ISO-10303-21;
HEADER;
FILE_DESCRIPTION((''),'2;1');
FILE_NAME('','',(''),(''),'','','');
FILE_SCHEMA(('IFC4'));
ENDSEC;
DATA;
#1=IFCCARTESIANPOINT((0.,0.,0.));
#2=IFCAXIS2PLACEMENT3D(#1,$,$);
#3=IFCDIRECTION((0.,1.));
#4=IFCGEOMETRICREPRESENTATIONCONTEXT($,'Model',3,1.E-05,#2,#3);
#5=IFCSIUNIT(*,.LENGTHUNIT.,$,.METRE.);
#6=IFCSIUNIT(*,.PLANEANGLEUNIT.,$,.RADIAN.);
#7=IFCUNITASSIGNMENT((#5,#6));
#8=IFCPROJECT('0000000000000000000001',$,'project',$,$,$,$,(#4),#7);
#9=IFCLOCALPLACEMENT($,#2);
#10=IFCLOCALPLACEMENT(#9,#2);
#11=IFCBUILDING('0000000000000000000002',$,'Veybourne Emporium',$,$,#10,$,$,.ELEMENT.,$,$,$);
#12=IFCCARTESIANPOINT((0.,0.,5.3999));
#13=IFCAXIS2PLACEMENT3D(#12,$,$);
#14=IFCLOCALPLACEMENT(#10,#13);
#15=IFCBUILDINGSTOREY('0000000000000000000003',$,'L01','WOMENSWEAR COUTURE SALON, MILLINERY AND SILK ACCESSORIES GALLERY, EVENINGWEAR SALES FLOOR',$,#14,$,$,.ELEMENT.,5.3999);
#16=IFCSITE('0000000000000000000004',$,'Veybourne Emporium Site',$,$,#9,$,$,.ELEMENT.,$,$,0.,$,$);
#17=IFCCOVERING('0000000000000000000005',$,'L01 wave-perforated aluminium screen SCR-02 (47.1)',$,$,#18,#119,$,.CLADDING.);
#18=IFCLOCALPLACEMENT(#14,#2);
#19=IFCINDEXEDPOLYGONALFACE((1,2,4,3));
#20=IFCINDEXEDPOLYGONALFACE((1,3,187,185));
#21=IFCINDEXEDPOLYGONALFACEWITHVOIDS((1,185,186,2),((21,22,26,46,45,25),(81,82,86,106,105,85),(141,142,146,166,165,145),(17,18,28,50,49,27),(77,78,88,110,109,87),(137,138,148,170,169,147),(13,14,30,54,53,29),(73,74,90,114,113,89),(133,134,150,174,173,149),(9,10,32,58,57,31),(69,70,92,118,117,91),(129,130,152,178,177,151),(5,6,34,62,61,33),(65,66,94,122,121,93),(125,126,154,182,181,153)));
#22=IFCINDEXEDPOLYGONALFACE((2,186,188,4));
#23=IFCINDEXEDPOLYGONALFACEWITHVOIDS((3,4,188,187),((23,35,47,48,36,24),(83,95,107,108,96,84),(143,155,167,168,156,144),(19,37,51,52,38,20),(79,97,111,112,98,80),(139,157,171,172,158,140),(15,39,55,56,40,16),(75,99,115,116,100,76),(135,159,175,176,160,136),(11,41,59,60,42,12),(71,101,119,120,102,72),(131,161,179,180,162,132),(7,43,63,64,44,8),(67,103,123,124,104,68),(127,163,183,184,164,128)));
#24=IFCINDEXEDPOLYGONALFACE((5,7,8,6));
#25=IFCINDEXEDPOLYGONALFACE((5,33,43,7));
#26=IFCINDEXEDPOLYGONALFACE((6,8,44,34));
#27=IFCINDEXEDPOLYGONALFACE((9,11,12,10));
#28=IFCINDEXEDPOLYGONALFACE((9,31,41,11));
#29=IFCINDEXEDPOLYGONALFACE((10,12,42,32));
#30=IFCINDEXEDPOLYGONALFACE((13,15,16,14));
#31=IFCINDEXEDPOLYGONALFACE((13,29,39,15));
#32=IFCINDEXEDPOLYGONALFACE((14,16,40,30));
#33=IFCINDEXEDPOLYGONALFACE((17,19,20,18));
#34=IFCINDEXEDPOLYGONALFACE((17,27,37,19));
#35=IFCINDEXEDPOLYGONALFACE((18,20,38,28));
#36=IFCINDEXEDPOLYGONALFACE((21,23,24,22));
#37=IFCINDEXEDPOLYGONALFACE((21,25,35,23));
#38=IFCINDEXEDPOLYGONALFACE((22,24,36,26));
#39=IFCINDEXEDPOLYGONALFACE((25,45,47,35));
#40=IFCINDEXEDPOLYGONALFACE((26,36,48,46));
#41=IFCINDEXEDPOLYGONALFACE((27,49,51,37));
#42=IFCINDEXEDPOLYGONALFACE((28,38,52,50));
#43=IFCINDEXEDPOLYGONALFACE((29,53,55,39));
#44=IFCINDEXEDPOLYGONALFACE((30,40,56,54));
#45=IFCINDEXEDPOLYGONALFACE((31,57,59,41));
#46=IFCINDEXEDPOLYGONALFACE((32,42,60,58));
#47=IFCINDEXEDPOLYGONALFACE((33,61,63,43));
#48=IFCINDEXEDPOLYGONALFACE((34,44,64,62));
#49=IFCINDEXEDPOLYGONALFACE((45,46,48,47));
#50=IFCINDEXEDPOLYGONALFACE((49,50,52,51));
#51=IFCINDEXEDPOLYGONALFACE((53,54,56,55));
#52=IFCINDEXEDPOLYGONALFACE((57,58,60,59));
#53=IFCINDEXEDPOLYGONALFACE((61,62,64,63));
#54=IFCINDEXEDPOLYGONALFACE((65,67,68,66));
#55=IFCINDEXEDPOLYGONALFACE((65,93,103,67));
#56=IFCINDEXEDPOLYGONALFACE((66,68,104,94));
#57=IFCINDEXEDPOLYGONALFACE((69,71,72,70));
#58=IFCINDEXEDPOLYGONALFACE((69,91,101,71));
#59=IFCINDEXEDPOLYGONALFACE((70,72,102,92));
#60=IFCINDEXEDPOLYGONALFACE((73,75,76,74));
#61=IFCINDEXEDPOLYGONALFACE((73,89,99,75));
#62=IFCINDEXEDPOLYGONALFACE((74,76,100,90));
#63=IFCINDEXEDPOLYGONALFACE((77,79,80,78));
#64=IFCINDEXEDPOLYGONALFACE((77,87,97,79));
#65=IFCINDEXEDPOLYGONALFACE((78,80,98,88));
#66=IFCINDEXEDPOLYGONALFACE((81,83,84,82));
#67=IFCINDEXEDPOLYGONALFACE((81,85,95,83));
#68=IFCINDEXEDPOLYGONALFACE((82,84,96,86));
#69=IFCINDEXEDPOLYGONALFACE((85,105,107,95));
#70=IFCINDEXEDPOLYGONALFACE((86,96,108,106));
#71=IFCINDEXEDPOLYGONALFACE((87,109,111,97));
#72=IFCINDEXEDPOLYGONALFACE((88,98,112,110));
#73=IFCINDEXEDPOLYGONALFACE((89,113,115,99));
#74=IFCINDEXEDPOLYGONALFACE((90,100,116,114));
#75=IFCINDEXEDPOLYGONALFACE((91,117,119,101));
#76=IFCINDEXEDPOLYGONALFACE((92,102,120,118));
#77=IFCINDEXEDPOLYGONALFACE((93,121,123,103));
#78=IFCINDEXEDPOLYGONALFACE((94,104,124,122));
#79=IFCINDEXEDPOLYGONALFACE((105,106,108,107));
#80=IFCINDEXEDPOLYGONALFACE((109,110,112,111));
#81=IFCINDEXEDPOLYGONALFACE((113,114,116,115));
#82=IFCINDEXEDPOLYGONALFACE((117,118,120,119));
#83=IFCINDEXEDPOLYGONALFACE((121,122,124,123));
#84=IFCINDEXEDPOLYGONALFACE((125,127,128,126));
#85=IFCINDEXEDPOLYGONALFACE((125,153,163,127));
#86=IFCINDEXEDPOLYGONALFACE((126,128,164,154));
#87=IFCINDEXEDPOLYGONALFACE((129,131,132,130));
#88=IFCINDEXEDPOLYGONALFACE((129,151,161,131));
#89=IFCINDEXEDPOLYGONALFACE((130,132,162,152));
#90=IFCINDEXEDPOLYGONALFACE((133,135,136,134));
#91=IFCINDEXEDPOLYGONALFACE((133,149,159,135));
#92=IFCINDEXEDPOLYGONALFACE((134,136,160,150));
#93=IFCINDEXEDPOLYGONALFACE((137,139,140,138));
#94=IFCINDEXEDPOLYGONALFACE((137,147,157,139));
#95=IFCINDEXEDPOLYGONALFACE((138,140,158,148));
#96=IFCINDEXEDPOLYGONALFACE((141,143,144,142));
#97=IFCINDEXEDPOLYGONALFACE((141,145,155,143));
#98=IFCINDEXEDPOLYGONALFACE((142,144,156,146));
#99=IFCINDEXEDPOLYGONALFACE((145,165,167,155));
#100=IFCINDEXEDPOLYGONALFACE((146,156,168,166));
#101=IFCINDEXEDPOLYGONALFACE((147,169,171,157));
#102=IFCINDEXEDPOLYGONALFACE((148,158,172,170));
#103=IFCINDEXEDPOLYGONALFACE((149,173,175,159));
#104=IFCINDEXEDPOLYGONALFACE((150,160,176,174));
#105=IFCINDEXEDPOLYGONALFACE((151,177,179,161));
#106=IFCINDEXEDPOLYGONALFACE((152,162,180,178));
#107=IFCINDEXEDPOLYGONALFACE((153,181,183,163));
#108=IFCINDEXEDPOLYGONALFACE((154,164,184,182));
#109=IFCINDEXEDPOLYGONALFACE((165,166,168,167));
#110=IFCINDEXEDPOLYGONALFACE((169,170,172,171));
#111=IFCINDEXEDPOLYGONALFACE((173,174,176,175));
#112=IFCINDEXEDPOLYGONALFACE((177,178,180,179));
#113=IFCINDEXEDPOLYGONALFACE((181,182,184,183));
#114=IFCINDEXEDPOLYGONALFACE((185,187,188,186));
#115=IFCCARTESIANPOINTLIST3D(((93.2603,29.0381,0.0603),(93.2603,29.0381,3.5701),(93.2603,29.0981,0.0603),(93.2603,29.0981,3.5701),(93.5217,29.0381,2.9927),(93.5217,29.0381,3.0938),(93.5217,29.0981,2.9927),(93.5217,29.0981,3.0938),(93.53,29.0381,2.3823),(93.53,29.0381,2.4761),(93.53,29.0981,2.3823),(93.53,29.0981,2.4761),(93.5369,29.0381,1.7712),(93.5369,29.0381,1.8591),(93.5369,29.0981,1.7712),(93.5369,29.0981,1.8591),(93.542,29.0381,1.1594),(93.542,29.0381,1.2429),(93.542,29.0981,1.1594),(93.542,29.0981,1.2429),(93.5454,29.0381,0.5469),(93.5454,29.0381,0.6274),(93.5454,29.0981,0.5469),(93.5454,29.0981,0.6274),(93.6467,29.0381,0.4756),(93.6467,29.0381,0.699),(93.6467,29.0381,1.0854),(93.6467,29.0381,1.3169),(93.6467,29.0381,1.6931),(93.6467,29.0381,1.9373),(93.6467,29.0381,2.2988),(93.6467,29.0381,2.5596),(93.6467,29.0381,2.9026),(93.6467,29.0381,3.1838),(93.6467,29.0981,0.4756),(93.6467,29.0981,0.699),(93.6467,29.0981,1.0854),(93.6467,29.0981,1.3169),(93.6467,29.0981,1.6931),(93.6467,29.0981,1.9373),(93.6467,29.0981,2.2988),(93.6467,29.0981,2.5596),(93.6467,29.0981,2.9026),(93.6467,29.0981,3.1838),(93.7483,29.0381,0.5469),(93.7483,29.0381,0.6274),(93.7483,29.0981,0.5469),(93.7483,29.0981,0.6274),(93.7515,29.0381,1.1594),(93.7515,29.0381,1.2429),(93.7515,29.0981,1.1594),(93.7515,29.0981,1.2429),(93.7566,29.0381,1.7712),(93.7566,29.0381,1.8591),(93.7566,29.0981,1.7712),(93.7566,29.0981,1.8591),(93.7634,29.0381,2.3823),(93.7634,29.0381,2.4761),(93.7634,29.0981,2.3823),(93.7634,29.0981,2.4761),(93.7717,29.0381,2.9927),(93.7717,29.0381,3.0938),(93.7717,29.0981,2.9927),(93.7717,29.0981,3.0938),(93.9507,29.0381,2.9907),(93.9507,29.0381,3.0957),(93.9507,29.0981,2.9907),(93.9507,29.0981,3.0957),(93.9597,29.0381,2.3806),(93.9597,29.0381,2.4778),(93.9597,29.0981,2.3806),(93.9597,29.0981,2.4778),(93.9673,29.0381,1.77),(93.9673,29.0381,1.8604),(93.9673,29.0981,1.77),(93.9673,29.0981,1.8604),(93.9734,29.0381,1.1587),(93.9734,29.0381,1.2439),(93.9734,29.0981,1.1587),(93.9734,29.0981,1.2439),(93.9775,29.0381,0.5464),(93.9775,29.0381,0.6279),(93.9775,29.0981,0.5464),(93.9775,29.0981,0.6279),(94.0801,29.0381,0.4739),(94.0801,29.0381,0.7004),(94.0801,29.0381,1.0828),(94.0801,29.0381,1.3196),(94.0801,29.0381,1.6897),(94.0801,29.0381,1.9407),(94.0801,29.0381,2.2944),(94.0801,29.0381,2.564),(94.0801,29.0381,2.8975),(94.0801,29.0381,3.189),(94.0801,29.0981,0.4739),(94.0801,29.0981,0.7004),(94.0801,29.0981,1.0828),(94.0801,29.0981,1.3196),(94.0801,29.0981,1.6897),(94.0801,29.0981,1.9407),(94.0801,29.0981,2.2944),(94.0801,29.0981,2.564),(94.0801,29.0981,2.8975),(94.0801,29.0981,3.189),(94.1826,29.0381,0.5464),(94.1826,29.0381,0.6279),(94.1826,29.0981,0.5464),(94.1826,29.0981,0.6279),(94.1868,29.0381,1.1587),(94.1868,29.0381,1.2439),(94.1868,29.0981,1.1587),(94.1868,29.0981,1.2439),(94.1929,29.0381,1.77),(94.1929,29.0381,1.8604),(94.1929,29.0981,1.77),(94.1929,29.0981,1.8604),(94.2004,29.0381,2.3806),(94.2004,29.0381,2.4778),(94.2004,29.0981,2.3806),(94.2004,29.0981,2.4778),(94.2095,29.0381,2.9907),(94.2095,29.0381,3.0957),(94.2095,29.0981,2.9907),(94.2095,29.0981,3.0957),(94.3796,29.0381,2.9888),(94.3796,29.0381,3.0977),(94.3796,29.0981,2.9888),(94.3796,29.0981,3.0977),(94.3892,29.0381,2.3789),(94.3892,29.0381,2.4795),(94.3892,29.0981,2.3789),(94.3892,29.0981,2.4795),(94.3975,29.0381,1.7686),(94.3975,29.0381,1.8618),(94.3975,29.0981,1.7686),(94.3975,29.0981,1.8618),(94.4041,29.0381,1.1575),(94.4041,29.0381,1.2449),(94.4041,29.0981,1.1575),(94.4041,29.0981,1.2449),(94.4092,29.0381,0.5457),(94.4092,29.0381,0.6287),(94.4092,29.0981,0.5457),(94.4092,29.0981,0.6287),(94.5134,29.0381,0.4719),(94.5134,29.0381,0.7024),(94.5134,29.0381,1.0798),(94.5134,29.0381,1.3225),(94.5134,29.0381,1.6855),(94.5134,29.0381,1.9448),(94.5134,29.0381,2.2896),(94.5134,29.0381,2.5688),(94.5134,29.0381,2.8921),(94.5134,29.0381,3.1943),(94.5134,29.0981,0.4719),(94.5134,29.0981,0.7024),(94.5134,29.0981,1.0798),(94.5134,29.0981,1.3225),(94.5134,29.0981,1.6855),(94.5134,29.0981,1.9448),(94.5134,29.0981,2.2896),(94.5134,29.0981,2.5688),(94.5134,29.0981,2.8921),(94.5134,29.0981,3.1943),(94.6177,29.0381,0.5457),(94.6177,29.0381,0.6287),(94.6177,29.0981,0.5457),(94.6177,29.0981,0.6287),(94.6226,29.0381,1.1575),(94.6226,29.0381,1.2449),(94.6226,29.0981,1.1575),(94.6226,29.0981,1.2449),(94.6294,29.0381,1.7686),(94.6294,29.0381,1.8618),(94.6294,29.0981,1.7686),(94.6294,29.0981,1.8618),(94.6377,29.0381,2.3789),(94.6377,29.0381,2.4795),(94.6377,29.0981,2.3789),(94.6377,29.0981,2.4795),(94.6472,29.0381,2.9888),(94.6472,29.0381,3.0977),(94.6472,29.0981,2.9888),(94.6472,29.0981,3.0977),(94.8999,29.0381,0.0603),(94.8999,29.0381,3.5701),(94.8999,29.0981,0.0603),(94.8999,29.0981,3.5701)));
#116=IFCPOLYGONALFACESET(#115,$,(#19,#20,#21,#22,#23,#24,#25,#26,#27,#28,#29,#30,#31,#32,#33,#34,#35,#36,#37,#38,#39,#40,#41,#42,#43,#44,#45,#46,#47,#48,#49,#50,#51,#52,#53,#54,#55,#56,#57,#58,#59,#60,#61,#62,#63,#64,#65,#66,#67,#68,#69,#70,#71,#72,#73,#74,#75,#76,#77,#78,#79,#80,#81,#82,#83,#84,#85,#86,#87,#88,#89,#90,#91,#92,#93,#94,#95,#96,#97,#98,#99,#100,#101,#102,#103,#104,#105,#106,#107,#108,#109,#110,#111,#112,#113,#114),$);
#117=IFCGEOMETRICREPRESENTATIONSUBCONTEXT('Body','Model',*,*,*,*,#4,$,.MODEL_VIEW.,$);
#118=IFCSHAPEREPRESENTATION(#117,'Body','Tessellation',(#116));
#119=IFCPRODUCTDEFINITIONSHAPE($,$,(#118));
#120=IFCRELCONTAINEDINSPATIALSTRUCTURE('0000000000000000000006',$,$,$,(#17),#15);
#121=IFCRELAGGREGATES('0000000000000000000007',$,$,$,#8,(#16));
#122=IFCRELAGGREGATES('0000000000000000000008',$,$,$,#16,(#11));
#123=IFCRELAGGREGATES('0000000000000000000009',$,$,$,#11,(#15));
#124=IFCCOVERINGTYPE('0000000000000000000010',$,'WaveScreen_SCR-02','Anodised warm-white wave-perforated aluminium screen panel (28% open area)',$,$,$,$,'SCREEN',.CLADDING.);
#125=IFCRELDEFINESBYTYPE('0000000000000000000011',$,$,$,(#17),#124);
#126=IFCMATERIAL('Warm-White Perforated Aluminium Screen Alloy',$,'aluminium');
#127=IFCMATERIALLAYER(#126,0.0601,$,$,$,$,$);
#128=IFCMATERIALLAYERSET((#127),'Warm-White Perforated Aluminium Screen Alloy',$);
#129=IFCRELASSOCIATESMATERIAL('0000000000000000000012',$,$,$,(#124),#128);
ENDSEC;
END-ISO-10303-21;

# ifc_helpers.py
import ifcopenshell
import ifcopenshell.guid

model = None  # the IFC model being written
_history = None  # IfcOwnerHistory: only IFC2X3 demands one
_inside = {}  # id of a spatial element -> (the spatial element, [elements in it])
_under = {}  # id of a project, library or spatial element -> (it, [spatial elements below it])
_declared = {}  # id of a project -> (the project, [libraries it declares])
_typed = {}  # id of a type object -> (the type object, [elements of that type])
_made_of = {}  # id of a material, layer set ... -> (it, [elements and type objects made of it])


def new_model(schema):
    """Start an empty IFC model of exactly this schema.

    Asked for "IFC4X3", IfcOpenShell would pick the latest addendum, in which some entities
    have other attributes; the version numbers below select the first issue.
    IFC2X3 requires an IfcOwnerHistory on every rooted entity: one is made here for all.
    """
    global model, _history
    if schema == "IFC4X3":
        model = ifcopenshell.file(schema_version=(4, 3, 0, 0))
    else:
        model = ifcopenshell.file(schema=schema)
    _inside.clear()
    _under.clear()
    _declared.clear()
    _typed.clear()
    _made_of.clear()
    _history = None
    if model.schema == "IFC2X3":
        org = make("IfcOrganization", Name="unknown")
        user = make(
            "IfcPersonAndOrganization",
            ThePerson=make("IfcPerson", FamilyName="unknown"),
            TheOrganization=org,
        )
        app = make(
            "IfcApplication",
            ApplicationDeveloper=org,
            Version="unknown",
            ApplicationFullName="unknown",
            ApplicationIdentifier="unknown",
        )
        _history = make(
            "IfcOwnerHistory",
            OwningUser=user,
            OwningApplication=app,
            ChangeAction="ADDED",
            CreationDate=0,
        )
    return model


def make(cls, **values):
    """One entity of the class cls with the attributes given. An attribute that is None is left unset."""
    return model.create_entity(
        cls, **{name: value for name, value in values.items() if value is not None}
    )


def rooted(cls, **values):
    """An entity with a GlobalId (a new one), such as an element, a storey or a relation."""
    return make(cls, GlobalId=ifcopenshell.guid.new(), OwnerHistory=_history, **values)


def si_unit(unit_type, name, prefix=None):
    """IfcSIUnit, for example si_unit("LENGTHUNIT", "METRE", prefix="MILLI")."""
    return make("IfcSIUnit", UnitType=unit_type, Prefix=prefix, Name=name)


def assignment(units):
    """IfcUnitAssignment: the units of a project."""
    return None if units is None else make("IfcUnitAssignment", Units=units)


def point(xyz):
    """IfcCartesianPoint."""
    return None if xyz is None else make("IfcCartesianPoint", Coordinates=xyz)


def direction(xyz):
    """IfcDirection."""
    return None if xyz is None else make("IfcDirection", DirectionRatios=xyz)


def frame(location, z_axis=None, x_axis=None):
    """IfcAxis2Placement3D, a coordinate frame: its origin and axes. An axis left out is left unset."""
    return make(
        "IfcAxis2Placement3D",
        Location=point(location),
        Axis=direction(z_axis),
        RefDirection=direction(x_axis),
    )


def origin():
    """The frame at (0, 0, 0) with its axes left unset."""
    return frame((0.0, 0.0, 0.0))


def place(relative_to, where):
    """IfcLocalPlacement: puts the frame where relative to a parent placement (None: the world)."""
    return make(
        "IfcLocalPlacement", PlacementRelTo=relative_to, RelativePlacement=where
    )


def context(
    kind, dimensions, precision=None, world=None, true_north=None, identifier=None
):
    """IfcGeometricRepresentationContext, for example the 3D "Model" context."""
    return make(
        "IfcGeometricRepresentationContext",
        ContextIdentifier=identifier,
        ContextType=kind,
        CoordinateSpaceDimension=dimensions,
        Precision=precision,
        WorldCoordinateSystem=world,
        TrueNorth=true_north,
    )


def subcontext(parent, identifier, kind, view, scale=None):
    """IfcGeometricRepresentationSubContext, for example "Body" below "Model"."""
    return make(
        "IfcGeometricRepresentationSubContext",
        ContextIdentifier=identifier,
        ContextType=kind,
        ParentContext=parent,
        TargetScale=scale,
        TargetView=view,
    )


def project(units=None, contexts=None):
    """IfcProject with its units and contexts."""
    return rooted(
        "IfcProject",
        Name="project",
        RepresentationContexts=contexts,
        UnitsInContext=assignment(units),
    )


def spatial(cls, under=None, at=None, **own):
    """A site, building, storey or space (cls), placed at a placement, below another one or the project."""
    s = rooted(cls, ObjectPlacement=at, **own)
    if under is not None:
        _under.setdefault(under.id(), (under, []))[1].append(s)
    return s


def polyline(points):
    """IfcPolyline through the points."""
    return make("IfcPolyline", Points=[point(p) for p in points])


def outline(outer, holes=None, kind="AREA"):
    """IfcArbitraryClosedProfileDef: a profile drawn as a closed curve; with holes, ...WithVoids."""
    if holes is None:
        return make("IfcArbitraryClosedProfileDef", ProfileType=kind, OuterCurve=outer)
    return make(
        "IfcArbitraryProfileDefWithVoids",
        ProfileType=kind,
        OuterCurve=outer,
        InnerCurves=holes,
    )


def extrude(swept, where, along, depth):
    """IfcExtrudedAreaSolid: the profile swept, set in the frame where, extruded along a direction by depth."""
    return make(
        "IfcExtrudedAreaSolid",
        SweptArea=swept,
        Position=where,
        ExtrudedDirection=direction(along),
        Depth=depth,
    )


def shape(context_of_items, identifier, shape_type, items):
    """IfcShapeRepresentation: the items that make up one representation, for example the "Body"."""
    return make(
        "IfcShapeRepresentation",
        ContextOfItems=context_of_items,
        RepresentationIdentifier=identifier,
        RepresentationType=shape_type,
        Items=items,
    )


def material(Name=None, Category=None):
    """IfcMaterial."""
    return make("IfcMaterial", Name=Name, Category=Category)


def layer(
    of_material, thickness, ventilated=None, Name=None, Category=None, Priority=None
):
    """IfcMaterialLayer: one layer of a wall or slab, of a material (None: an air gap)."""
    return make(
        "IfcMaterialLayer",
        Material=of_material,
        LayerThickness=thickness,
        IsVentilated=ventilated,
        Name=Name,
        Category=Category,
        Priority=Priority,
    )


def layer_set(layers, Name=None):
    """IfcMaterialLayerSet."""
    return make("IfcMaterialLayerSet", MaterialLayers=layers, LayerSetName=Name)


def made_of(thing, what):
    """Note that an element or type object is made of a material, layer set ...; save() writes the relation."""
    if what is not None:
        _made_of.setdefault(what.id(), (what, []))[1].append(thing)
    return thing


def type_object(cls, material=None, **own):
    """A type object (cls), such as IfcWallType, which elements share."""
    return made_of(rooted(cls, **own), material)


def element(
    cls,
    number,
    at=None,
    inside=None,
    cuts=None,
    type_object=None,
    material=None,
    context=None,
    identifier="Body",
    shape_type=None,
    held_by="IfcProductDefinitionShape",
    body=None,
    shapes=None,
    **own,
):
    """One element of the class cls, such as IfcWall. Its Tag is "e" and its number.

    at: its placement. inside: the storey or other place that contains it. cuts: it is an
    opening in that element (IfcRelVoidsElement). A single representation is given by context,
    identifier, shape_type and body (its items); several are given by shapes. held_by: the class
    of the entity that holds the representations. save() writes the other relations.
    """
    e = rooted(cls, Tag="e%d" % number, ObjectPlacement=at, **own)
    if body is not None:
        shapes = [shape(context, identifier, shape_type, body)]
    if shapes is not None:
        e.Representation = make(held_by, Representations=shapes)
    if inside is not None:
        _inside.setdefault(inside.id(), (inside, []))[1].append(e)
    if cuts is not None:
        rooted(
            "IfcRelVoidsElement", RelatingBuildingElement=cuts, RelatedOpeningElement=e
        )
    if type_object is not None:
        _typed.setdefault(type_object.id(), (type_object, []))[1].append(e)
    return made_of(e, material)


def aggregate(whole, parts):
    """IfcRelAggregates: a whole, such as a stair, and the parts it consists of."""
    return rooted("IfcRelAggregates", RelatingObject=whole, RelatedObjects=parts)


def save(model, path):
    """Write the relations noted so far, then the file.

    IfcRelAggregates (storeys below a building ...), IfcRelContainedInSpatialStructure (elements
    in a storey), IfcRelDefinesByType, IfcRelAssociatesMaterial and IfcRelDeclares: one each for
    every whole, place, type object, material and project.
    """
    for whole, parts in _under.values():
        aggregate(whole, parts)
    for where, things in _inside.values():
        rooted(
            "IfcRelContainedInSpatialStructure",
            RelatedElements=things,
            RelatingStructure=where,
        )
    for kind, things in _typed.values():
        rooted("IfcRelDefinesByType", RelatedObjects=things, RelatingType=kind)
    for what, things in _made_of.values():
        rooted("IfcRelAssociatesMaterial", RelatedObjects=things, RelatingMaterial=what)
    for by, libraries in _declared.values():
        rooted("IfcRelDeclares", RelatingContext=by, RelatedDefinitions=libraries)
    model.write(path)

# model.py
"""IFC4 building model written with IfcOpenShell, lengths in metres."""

from ifc_helpers import new_model, si_unit, direction, frame, origin, place, context, subcontext, project, spatial, polyline, outline, extrude, material, layer, layer_set, type_object, element, save


model = new_model("IFC4")

# Units and contexts
model_context = context("Model", 3, precision=1e-05, world=origin(), true_north=direction((0.0, 1.0)))
body_context = subcontext(model_context, "Body", "Model", "MODEL_VIEW")
ifc_project = project(units=[si_unit("LENGTHUNIT", "METRE"), si_unit("PLANEANGLEUNIT", "RADIAN")], contexts=[model_context])

# Site, building, storey
site_placement = place(None, origin())
site = spatial("IfcSite", under=ifc_project, at=site_placement, Name="Veybourne Emporium Site", CompositionType="ELEMENT", RefElevation=0.0)
building_placement = place(site_placement, origin())
building = spatial("IfcBuilding", under=site, at=building_placement, Name="Veybourne Emporium", CompositionType="ELEMENT")
storey_placement = place(building_placement, frame((0.0, 0.0, 5.3999)))
storey = spatial("IfcBuildingStorey", under=building, at=storey_placement, Name="L01", Description="WOMENSWEAR COUTURE SALON, MILLINERY AND SILK ACCESSORIES GALLERY, EVENINGWEAR SALES FLOOR", CompositionType="ELEMENT", Elevation=5.3999)

# Covering
ifc_material_1 = material(Name="Warm-White Perforated Aluminium Screen Alloy", Category="aluminium")
ifc_layer_1 = layer(ifc_material_1, 0.0601)
ifc_layer_set_1 = layer_set([ifc_layer_1], Name="Warm-White Perforated Aluminium Screen Alloy")
covering_type_1 = type_object("IfcCoveringType", Name="WaveScreen_SCR-02", Description="Anodised warm-white wave-perforated aluminium screen panel (28% open area)", ElementType="SCREEN", PredefinedType="CLADDING", material=ifc_layer_set_1)
covering_1_placement = place(storey_placement, frame((94.0801, 29.0981, 1.8152), z_axis=(0.0, -1.0, 0.0), x_axis=(1.0, 0.0, 0.0)))
element("IfcCovering", 1, at=covering_1_placement, inside=storey, type_object=covering_type_1, Name="L01 wave-perforated aluminium screen SCR-02 (47.1)", PredefinedType="CLADDING", context=body_context, shape_type="SweptSolid", body=[
    extrude(outline(polyline([(-0.8198, -1.7549), (0.8198, -1.7549), (0.8198, 1.7549), (-0.8198, 1.7549), (-0.8198, -1.7549)]), holes=[polyline([(-0.4333, -1.1162), (-0.3318, -1.1877), (-0.3318, -1.2683), (-0.4333, -1.3396), (-0.5347, -1.2683), (-0.5347, -1.1877), (-0.4333, -1.1162)]), polyline([(-0.4333, -0.4983), (-0.3286, -0.5723), (-0.3286, -0.6558), (-0.4333, -0.7297), (-0.5381, -0.6558), (-0.5381, -0.5723), (-0.4333, -0.4983)]), polyline([(-0.4333, 0.1221), (-0.3235, 0.0439), (-0.3235, -0.0439), (-0.4333, -0.1221), (-0.5432, -0.0439), (-0.5432, 0.0439), (-0.4333, 0.1221)]), polyline([(-0.4333, 0.7444), (-0.3167, 0.6609), (-0.3167, 0.5671), (-0.4333, 0.4836), (-0.55, 0.5671), (-0.55, 0.6609), (-0.4333, 0.7444)]), polyline([(-0.4333, 1.3687), (-0.3083, 1.2786), (-0.3083, 1.1775), (-0.4333, 1.0874), (-0.5583, 1.1775), (-0.5583, 1.2786), (-0.4333, 1.3687)]), polyline([(0.0, -1.1147), (0.1025, -1.1873), (0.1025, -1.2688), (0.0, -1.3413), (-0.1025, -1.2688), (-0.1025, -1.1873), (0.0, -1.1147)]), polyline([(0.0, -0.4956), (0.1067, -0.5713), (0.1067, -0.6565), (0.0, -0.7324), (-0.1067, -0.6565), (-0.1067, -0.5713), (0.0, -0.4956)]), polyline([(0.0, 0.1255), (0.1128, 0.0452), (0.1128, -0.0452), (0.0, -0.1255), (-0.1128, -0.0452), (-0.1128, 0.0452), (0.0, 0.1255)]), polyline([(0.0, 0.7488), (0.1204, 0.6626), (0.1204, 0.5654), (0.0, 0.4792), (-0.1204, 0.5654), (-0.1204, 0.6626), (0.0, 0.7488)]), polyline([(0.0, 1.3738), (0.1294, 1.2805), (0.1294, 1.1755), (0.0, 1.0823), (-0.1294, 1.1755), (-0.1294, 1.2805), (0.0, 1.3738)]), polyline([(0.4333, -1.1128), (0.5376, -1.1865), (0.5376, -1.2695), (0.4333, -1.3433), (0.3291, -1.2695), (0.3291, -1.1865), (0.4333, -1.1128)]), polyline([(0.4333, -0.4927), (0.5425, -0.5703), (0.5425, -0.6577), (0.4333, -0.7354), (0.324, -0.6577), (0.324, -0.5703), (0.4333, -0.4927)]), polyline([(0.4333, 0.1296), (0.5493, 0.0466), (0.5493, -0.0466), (0.4333, -0.1296), (0.3174, -0.0466), (0.3174, 0.0466), (0.4333, 0.1296)]), polyline([(0.4333, 0.7537), (0.5576, 0.6643), (0.5576, 0.5637), (0.4333, 0.4744), (0.3091, 0.5637), (0.3091, 0.6643), (0.4333, 0.7537)]), polyline([(0.4333, 1.3792), (0.5671, 1.2825), (0.5671, 1.1736), (0.4333, 1.0769), (0.2996, 1.1736), (0.2996, 1.2825), (0.4333, 1.3792)])]), origin(), (0.0, 0.0, 1.0), 0.0601),
])

save(model, "model.ifc")
